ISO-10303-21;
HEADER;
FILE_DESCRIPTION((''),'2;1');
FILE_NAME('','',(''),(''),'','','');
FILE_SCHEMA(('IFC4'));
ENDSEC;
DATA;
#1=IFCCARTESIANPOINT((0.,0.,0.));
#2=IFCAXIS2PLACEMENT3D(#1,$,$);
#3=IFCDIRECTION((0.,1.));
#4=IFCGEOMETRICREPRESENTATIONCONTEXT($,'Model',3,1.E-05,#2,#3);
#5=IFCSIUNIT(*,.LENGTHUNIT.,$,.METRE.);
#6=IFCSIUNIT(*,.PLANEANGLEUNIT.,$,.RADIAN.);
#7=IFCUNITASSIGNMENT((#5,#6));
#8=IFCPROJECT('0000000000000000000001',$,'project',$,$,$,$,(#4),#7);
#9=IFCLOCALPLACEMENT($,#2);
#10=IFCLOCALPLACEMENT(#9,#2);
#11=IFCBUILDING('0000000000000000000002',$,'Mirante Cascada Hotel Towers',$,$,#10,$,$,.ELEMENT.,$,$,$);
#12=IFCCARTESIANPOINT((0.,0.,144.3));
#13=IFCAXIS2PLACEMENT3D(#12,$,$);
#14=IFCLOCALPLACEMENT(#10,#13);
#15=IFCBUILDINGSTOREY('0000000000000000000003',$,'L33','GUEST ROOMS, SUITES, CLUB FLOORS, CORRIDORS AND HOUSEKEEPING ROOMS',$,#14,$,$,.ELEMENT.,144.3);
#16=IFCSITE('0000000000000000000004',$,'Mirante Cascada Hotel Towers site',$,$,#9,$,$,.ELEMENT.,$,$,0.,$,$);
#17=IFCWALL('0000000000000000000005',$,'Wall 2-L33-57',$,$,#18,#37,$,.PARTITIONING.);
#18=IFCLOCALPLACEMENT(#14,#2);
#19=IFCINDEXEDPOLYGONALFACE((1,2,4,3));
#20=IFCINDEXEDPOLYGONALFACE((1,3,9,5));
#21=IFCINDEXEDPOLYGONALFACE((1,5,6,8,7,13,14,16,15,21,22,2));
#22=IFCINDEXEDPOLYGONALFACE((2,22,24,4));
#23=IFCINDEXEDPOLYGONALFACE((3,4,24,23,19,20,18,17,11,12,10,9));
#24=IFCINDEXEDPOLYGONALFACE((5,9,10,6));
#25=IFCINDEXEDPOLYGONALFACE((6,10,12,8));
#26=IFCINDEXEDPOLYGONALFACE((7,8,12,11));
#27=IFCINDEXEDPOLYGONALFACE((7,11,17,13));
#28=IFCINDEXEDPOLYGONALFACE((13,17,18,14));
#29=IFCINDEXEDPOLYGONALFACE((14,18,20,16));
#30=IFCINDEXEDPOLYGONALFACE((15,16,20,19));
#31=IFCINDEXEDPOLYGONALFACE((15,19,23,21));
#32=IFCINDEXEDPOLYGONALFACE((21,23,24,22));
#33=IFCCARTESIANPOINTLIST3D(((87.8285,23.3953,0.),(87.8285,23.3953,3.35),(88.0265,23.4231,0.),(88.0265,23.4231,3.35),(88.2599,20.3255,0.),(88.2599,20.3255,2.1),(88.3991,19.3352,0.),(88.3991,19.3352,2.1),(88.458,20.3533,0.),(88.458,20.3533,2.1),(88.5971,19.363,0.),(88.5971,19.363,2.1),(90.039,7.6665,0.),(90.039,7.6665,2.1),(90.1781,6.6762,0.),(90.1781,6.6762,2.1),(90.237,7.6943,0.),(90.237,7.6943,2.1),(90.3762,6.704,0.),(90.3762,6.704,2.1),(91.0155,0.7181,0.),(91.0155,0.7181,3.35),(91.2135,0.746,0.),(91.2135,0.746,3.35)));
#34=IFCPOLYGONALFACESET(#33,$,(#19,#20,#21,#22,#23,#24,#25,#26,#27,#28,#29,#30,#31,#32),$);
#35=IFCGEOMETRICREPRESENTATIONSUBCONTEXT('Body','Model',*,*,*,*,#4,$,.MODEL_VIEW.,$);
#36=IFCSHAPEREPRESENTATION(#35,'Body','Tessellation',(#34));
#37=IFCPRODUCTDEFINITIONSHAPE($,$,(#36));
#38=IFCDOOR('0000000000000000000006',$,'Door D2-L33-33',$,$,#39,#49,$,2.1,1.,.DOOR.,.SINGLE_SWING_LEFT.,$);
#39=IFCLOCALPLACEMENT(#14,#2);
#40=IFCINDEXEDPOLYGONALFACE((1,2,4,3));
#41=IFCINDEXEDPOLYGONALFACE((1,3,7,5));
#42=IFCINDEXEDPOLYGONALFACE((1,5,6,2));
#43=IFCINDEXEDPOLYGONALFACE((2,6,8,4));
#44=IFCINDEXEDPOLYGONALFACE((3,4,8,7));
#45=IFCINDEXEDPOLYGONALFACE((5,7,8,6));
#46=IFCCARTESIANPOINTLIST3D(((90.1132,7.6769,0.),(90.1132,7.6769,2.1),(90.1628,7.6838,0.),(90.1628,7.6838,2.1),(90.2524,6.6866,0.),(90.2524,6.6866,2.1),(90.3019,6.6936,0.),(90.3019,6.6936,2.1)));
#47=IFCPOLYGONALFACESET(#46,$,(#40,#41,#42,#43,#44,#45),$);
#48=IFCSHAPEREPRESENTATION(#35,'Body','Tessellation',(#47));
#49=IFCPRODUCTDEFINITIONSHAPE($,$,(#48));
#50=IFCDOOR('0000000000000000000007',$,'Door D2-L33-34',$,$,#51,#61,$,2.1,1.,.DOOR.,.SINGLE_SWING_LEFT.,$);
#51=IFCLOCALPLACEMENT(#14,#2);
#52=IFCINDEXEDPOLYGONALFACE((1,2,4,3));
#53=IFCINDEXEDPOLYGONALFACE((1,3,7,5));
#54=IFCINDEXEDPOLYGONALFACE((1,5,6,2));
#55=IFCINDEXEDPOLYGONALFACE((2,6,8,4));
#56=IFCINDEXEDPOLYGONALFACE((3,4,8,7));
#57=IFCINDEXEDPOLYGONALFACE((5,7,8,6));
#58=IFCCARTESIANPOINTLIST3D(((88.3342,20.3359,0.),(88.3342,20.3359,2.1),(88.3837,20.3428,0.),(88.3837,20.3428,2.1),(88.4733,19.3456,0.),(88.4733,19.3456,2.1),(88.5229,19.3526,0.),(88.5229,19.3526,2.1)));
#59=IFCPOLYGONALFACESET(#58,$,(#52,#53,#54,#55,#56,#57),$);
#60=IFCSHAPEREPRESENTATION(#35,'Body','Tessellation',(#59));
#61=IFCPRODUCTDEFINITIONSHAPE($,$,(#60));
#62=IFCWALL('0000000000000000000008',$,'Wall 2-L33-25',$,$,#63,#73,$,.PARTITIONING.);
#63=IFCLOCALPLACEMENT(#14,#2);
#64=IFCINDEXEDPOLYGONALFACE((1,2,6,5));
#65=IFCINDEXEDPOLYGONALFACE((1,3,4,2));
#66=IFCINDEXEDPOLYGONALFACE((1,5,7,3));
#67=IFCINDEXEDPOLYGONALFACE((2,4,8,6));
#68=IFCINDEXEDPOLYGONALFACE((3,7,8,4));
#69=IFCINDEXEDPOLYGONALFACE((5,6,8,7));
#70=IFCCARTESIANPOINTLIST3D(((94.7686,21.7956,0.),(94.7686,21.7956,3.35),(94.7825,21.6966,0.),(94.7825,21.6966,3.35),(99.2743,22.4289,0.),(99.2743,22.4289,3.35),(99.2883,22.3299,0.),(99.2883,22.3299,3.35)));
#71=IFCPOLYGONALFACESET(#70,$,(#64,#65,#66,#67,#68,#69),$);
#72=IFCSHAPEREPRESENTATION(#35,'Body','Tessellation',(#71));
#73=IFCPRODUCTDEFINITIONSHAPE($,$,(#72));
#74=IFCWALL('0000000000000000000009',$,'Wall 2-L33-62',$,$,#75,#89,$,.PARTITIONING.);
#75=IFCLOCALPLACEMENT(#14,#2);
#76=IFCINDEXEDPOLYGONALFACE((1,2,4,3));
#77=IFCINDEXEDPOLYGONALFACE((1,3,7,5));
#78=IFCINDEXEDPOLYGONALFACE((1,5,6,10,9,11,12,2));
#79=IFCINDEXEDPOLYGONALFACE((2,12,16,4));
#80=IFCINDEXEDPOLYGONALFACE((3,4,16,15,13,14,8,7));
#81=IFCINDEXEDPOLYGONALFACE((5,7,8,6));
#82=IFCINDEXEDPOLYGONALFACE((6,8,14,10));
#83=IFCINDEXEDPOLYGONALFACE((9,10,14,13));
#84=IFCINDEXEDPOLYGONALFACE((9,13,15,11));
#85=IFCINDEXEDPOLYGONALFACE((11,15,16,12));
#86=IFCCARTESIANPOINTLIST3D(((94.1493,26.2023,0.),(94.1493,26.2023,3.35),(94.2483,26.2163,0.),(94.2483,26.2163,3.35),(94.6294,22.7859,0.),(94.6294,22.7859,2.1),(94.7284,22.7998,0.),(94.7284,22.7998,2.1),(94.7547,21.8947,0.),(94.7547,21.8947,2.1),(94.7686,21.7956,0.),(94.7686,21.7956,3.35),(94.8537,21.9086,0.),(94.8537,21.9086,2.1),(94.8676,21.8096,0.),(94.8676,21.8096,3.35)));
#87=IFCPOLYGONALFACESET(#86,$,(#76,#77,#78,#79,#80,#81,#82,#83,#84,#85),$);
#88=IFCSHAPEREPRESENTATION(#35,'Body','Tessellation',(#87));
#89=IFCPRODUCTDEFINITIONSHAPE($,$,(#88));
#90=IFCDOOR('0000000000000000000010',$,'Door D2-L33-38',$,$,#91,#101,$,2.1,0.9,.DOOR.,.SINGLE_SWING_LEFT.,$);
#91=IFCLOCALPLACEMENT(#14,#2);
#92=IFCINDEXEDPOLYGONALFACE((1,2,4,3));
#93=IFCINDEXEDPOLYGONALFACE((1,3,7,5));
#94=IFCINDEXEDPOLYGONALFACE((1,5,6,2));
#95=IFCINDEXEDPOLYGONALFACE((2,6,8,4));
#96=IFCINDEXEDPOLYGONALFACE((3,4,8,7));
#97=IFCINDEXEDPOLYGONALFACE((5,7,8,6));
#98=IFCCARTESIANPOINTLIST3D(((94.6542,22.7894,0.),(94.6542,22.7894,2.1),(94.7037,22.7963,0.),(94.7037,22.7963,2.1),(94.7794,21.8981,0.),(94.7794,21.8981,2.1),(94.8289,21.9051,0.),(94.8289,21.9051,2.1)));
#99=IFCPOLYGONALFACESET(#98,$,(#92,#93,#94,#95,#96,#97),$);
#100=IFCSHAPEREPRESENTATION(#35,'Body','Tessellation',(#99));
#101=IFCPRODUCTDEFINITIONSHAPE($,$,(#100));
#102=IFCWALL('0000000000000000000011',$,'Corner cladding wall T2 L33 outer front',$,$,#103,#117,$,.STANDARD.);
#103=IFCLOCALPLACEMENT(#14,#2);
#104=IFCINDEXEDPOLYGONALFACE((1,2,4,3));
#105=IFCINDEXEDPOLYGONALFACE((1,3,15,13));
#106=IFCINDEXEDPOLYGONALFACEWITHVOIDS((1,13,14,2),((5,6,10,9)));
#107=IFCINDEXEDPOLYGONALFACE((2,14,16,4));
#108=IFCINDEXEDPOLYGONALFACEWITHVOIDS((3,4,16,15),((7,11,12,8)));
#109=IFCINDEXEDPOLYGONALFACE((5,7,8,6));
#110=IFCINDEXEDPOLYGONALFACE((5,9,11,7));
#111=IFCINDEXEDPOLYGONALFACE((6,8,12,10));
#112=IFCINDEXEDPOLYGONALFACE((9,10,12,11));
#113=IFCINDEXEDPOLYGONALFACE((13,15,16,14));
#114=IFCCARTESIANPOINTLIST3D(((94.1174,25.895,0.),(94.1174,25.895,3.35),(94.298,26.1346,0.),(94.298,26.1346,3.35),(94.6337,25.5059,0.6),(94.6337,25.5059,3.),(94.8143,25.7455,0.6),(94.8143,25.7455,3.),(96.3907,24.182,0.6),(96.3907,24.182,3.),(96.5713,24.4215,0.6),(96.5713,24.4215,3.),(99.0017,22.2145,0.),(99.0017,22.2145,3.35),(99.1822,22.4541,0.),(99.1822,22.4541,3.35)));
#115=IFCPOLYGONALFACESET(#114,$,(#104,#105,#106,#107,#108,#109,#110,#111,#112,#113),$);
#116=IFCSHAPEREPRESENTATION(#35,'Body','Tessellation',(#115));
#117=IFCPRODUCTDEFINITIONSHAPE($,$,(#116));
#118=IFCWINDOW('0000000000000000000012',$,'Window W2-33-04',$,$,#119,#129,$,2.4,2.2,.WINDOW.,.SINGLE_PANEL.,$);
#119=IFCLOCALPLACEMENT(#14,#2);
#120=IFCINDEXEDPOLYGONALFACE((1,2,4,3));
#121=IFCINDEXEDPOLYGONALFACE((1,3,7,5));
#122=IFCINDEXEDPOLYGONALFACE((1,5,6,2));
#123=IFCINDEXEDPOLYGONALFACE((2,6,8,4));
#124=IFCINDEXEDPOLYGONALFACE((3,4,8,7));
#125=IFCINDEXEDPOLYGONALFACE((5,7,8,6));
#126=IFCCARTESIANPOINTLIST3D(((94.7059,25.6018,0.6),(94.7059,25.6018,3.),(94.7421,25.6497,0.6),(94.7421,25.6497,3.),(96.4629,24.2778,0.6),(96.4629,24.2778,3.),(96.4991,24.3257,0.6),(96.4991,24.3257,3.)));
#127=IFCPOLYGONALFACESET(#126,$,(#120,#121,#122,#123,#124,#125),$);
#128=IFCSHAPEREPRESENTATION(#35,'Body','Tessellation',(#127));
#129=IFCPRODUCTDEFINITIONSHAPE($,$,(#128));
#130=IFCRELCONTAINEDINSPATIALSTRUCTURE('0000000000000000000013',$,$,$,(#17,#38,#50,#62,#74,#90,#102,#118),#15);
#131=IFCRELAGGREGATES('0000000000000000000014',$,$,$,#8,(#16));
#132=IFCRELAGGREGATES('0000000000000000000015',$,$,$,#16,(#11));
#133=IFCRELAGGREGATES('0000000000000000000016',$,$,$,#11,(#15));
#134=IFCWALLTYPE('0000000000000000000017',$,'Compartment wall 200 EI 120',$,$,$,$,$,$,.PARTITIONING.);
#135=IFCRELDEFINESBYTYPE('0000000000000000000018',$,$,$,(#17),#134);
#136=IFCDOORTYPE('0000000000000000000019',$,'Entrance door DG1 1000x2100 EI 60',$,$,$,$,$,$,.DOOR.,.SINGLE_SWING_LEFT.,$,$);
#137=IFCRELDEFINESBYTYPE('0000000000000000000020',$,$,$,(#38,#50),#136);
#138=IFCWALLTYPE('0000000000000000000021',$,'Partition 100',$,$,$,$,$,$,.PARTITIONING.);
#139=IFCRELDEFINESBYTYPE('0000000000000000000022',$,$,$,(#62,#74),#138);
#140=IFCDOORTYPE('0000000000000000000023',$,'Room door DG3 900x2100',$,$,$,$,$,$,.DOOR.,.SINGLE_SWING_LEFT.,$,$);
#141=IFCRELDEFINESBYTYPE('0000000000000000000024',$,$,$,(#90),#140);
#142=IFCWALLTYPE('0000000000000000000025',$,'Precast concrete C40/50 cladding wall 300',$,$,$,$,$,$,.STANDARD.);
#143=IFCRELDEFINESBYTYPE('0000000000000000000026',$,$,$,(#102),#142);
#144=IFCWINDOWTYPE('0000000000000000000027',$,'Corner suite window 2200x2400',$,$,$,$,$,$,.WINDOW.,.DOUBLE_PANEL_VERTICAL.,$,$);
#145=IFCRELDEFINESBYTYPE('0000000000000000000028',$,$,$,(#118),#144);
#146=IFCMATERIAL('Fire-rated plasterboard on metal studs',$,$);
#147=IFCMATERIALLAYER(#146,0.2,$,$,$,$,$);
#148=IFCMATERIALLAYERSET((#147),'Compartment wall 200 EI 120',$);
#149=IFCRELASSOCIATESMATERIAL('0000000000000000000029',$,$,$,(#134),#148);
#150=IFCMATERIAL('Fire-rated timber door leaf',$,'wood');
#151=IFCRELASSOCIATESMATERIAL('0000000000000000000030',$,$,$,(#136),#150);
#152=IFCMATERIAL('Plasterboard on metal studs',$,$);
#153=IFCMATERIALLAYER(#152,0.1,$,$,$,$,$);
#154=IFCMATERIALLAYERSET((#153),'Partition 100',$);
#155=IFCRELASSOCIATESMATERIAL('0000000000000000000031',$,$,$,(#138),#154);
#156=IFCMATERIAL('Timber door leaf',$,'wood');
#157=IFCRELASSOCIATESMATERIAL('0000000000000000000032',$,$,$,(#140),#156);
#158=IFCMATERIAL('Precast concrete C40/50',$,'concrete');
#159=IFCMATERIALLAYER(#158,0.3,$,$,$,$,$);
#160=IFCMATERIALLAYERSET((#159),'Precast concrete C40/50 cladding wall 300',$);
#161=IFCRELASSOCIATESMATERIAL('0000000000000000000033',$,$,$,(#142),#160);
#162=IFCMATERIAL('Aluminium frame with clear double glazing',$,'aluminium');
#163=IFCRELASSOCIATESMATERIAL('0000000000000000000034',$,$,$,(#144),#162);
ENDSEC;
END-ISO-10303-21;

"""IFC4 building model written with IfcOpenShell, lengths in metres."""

from ifc_helpers import new_model, si_unit, direction, frame, frame_2d, origin, place, context, subcontext, project, spatial, rectangle, extrude, material, layer, layer_set, type_object, element, fill, save


model = new_model("IFC4")

# Units and contexts
model_context = context("Model", 3, precision=1e-05, world=origin(), true_north=direction((0.0, 1.0)))
body_context = subcontext(model_context, "Body", "Model", "MODEL_VIEW")
ifc_project = project(units=[si_unit("LENGTHUNIT", "METRE"), si_unit("PLANEANGLEUNIT", "RADIAN")], contexts=[model_context])

# Site, building, storey
site_placement = place(None, origin())
site = spatial("IfcSite", under=ifc_project, at=site_placement, Name="Mirante Cascada Hotel Towers site", CompositionType="ELEMENT", RefElevation=0.0)
building_placement = place(site_placement, origin())
building = spatial("IfcBuilding", under=site, at=building_placement, Name="Mirante Cascada Hotel Towers", CompositionType="ELEMENT")
storey_placement = place(building_placement, frame((0.0, 0.0, 144.3)))
storey = spatial("IfcBuildingStorey", under=building, at=storey_placement, Name="L33", Description="GUEST ROOMS, SUITES, CLUB FLOORS, CORRIDORS AND HOUSEKEEPING ROOMS", CompositionType="ELEMENT", Elevation=144.3)

# Shared definitions
ifc_material_1 = material(Name="Fire-rated plasterboard on metal studs")
ifc_layer_1 = layer(ifc_material_1, 0.2)
ifc_layer_set_1 = layer_set([ifc_layer_1], Name="Compartment wall 200 EI 120")
wall_type_1 = type_object("IfcWallType", Name="Compartment wall 200 EI 120", PredefinedType="PARTITIONING", material=ifc_layer_set_1)

# Wall, openings, doors
wall_1_placement = place(storey_placement, frame((87.9275, 23.4092, 0.0), z_axis=(0.0, 0.0, 1.0), x_axis=(0.139171, -0.990268, 0.0)))
wall_1 = element("IfcWall", 1, at=wall_1_placement, inside=storey, type_object=wall_type_1, Name="Wall 2-L33-57", PredefinedType="PARTITIONING", context=body_context, shape_type="SweptSolid", body=[
    extrude(rectangle(XDim=22.9, YDim=0.2, at=frame_2d((11.45, 0.0))), origin(), (0.0, 0.0, 1.0), 3.35),
])
opening_1_placement = place(wall_1_placement, frame((15.8834, 0.0, 0.0)))
opening_1 = element("IfcOpeningElement", 2, at=opening_1_placement, cuts=wall_1, PredefinedType="OPENING", context=body_context, shape_type="SweptSolid", body=[
    extrude(rectangle(XDim=1.0, YDim=2.1, at=frame_2d((0.5, 1.05))), frame((0.0, 0.1, 0.0), z_axis=(0.0, -1.0, 0.0), x_axis=(1.0, 0.0, 0.0)), (0.0, 0.0, 1.0), 0.2),
])
opening_2_placement = place(wall_1_placement, frame((3.1, 0.0, 0.0)))
opening_2 = element("IfcOpeningElement", 3, at=opening_2_placement, cuts=wall_1, PredefinedType="OPENING", context=body_context, shape_type="SweptSolid", body=[
    extrude(rectangle(XDim=1.0, YDim=2.1, at=frame_2d((0.5, 1.05))), frame((0.0, 0.1, 0.0), z_axis=(0.0, -1.0, 0.0), x_axis=(1.0, 0.0, 0.0)), (0.0, 0.0, 1.0), 0.2),
])
ifc_material_2 = material(Name="Fire-rated timber door leaf", Category="wood")
door_type_1 = type_object("IfcDoorType", Name="Entrance door DG1 1000x2100 EI 60", OperationType="SINGLE_SWING_LEFT", PredefinedType="DOOR", material=ifc_material_2)
door_1_placement = place(opening_1_placement, origin())
door_1 = element("IfcDoor", 4, at=door_1_placement, inside=storey, type_object=door_type_1, Name="Door D2-L33-33", OperationType="SINGLE_SWING_LEFT", OverallHeight=2.1, OverallWidth=1.0, PredefinedType="DOOR", context=body_context, shape_type="SweptSolid", body=[
    extrude(rectangle(XDim=1.0, YDim=2.1, at=frame_2d((0.5, 1.05))), frame((0.0, 0.025, 0.0), z_axis=(0.0, -1.0, 0.0), x_axis=(1.0, 0.0, 0.0)), (0.0, 0.0, 1.0), 0.05),
])
fill(opening_1, door_1)
door_2_placement = place(opening_2_placement, origin())
door_2 = element("IfcDoor", 5, at=door_2_placement, inside=storey, type_object=door_type_1, Name="Door D2-L33-34", OperationType="SINGLE_SWING_LEFT", OverallHeight=2.1, OverallWidth=1.0, PredefinedType="DOOR", context=body_context, shape_type="SweptSolid", body=[
    extrude(rectangle(XDim=1.0, YDim=2.1, at=frame_2d((0.5, 1.05))), frame((0.0, 0.025, 0.0), z_axis=(0.0, -1.0, 0.0), x_axis=(1.0, 0.0, 0.0)), (0.0, 0.0, 1.0), 0.05),
])
fill(opening_2, door_2)

# Wall
ifc_material_3 = material(Name="Plasterboard on metal studs")
ifc_layer_2 = layer(ifc_material_3, 0.1)
ifc_layer_set_2 = layer_set([ifc_layer_2], Name="Partition 100")
wall_type_2 = type_object("IfcWallType", Name="Partition 100", PredefinedType="PARTITIONING", material=ifc_layer_set_2)
wall_2_placement = place(storey_placement, frame((99.2813, 22.3794, 0.0), z_axis=(0.0, 0.0, 1.0), x_axis=(-0.990266, -0.139187, 0.0)))
element("IfcWall", 6, at=wall_2_placement, inside=storey, type_object=wall_type_2, Name="Wall 2-L33-25", PredefinedType="PARTITIONING", context=body_context, shape_type="SweptSolid", body=[
    extrude(rectangle(XDim=4.55, YDim=0.1, at=frame_2d((2.275, 0.0))), origin(), (0.0, 0.0, 1.0), 3.35),
])

# Wall, opening, door
wall_3_placement = place(storey_placement, frame((94.8181, 21.8026, 0.0), z_axis=(0.0, 0.0, 1.0), x_axis=(-0.139168, 0.990269, 0.0)))
wall_3 = element("IfcWall", 7, at=wall_3_placement, inside=storey, type_object=wall_type_2, Name="Wall 2-L33-62", PredefinedType="PARTITIONING", context=body_context, shape_type="SweptSolid", body=[
    extrude(rectangle(XDim=4.45, YDim=0.1, at=frame_2d((2.225, 0.0))), origin(), (0.0, 0.0, 1.0), 3.35),
])
opening_3_placement = place(wall_3_placement, frame((0.1, 0.0, 0.0)))
opening_3 = element("IfcOpeningElement", 8, at=opening_3_placement, cuts=wall_3, PredefinedType="OPENING", context=body_context, shape_type="SweptSolid", body=[
    extrude(rectangle(XDim=0.9, YDim=2.1, at=frame_2d((0.45, 1.05))), frame((0.0, 0.05, 0.0), z_axis=(0.0, -1.0, 0.0), x_axis=(1.0, 0.0, 0.0)), (0.0, 0.0, 1.0), 0.1),
])
ifc_material_4 = material(Name="Timber door leaf", Category="wood")
door_type_2 = type_object("IfcDoorType", Name="Room door DG3 900x2100", OperationType="SINGLE_SWING_LEFT", PredefinedType="DOOR", material=ifc_material_4)
door_3_placement = place(opening_3_placement, origin())
door_3 = element("IfcDoor", 9, at=door_3_placement, inside=storey, type_object=door_type_2, Name="Door D2-L33-38", OperationType="SINGLE_SWING_LEFT", OverallHeight=2.1, OverallWidth=0.9, PredefinedType="DOOR", context=body_context, shape_type="SweptSolid", body=[
    extrude(rectangle(XDim=0.9, YDim=2.1, at=frame_2d((0.45, 1.05))), frame((0.0, 0.025, 0.0), z_axis=(0.0, -1.0, 0.0), x_axis=(1.0, 0.0, 0.0)), (0.0, 0.0, 1.0), 0.05),
])
fill(opening_3, door_3)

# Wall, opening, window
ifc_material_5 = material(Name="Precast concrete C40/50", Category="concrete")
ifc_layer_3 = layer(ifc_material_5, 0.3)
ifc_layer_set_3 = layer_set([ifc_layer_3], Name="Precast concrete C40/50 cladding wall 300")
wall_type_3 = type_object("IfcWallType", Name="Precast concrete C40/50 cladding wall 300", PredefinedType="STANDARD", material=ifc_layer_set_3)
wall_4_placement = place(storey_placement, frame((99.0919, 22.3343, 0.0), z_axis=(0.0, 0.0, 1.0), x_axis=(-0.798636, 0.601814, 0.0)))
wall_4 = element("IfcWall", 10, at=wall_4_placement, inside=storey, type_object=wall_type_3, Name="Corner cladding wall T2 L33 outer front", PredefinedType="STANDARD", context=body_context, shape_type="SweptSolid", body=[
    extrude(rectangle(XDim=6.1157, YDim=0.3, at=frame_2d((3.0578, 0.0))), origin(), (0.0, 0.0, 1.0), 3.35),
])
opening_4_placement = place(wall_4_placement, frame((3.2692, 0.0, 0.6)))
opening_4 = element("IfcOpeningElement", 11, at=opening_4_placement, cuts=wall_4, PredefinedType="OPENING", context=body_context, shape_type="SweptSolid", body=[
    extrude(rectangle(XDim=2.2, YDim=2.4, at=frame_2d((1.1, 1.2))), frame((0.0, 0.15, 0.0), z_axis=(0.0, -1.0, 0.0), x_axis=(1.0, 0.0, 0.0)), (0.0, 0.0, 1.0), 0.3),
])
ifc_material_6 = material(Name="Aluminium frame with clear double glazing", Category="aluminium")
window_type = type_object("IfcWindowType", Name="Corner suite window 2200x2400", PartitioningType="DOUBLE_PANEL_VERTICAL", PredefinedType="WINDOW", material=ifc_material_6)
window_placement = place(opening_4_placement, origin())
window = element("IfcWindow", 12, at=window_placement, inside=storey, type_object=window_type, Name="Window W2-33-04", OverallHeight=2.4, OverallWidth=2.2, PartitioningType="SINGLE_PANEL", PredefinedType="WINDOW", context=body_context, shape_type="SweptSolid", body=[
    extrude(rectangle(XDim=2.2, YDim=2.4, at=frame_2d((1.1, 1.2))), frame((0.0, 0.03, 0.0), z_axis=(0.0, -1.0, 0.0), x_axis=(1.0, 0.0, 0.0)), (0.0, 0.0, 1.0), 0.06),
])
fill(opening_4, window)

save(model, "model.ifc")
